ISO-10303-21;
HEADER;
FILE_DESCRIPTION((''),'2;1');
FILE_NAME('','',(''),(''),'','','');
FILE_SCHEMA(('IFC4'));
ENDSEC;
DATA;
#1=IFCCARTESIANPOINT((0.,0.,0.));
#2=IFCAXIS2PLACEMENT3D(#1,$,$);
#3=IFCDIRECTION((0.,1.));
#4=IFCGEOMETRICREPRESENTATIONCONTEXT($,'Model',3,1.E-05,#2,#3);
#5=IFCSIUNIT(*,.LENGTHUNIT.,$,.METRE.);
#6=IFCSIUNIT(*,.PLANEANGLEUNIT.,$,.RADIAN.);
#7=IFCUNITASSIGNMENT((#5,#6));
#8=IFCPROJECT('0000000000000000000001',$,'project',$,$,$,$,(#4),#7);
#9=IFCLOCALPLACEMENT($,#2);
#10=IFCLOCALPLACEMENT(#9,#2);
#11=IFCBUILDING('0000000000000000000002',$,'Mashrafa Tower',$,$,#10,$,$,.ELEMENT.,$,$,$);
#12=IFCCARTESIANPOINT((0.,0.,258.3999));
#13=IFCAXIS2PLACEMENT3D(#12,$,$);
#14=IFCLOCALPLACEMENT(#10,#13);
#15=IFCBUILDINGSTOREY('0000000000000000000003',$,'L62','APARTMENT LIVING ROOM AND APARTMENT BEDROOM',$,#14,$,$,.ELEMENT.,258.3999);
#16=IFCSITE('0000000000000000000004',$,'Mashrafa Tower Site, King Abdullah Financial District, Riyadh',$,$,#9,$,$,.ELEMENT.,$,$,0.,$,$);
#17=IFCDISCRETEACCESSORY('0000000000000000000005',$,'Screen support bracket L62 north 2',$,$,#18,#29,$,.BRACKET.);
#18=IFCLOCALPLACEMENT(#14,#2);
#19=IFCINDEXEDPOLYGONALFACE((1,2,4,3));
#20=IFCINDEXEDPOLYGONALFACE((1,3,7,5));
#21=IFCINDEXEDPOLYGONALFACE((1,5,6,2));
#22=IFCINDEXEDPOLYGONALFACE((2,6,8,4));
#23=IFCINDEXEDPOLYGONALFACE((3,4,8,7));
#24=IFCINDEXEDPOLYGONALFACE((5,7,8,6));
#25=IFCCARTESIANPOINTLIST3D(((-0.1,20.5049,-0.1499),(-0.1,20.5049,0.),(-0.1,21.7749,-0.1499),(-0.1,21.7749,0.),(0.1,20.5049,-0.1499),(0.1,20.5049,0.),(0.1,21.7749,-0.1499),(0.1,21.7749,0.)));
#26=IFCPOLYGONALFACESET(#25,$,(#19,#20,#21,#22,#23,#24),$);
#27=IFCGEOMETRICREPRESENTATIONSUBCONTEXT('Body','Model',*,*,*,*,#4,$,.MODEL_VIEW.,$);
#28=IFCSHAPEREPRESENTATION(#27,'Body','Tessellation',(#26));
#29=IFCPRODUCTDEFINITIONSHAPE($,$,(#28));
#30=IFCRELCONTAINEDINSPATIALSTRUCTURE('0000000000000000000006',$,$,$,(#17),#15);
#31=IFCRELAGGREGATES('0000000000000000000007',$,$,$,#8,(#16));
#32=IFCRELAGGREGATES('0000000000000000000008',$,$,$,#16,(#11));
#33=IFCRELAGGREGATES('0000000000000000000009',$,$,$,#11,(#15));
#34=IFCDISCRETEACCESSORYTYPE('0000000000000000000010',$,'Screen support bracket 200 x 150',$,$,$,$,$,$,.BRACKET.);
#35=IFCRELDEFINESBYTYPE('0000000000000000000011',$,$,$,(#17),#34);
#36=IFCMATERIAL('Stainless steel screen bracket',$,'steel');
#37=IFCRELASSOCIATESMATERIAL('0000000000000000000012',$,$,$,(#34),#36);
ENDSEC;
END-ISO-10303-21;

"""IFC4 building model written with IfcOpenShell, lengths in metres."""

from ifc_helpers import new_model, si_unit, direction, frame, origin, origin_2d, place, context, subcontext, project, spatial, rectangle, extrude, source, transform, mapped, material, type_object, type_shapes, element, save


model = new_model("IFC4")

# Units and contexts
model_context = context("Model", 3, precision=1e-05, world=origin(), true_north=direction((0.0, 1.0)))
body_context = subcontext(model_context, "Body", "Model", "MODEL_VIEW")
ifc_project = project(units=[si_unit("LENGTHUNIT", "METRE"), si_unit("PLANEANGLEUNIT", "RADIAN")], contexts=[model_context])

# Site, building, storey
site_placement = place(None, origin())
site = spatial("IfcSite", under=ifc_project, at=site_placement, Name="Mashrafa Tower Site, King Abdullah Financial District, Riyadh", CompositionType="ELEMENT", RefElevation=0.0)
building_placement = place(site_placement, origin())
building = spatial("IfcBuilding", under=site, at=building_placement, Name="Mashrafa Tower", CompositionType="ELEMENT")
storey_placement = place(building_placement, frame((0.0, 0.0, 258.3999)))
storey = spatial("IfcBuildingStorey", under=building, at=storey_placement, Name="L62", Description="APARTMENT LIVING ROOM AND APARTMENT BEDROOM", CompositionType="ELEMENT", Elevation=258.3999)

# Discrete accessory
ifc_material_1 = material(Name="Stainless steel screen bracket", Category="steel")
discrete_accessory_type = type_object("IfcDiscreteAccessoryType", Name="Screen support bracket 200 x 150", PredefinedType="BRACKET", material=ifc_material_1)
shared_shape_1 = source(origin(), body_context, "Body", "SweptSolid", [
    extrude(rectangle(XDim=0.2, YDim=1.27, at=origin_2d()), origin(), (0.0, 0.0, 1.0), 0.1499),
])
type_shapes(discrete_accessory_type, [shared_shape_1])
for number, where, z_axis, x_axis, name in (
    (1, (0.0, 21.1399, -0.1499), (0.0, 0.0, 1.0), (-1.0, 0.0, 0.0), "Screen support bracket L62 north 2"),
):
    element("IfcDiscreteAccessory", number, at=place(storey_placement, frame(where, z_axis=z_axis, x_axis=x_axis)), inside=storey, type_object=discrete_accessory_type, Name=name, PredefinedType="BRACKET", context=body_context, shape_type="MappedRepresentation", body=[
        mapped(shared_shape_1, transform((0.0, 0.0, 0.0))),
    ])

save(model, "model.ifc")
